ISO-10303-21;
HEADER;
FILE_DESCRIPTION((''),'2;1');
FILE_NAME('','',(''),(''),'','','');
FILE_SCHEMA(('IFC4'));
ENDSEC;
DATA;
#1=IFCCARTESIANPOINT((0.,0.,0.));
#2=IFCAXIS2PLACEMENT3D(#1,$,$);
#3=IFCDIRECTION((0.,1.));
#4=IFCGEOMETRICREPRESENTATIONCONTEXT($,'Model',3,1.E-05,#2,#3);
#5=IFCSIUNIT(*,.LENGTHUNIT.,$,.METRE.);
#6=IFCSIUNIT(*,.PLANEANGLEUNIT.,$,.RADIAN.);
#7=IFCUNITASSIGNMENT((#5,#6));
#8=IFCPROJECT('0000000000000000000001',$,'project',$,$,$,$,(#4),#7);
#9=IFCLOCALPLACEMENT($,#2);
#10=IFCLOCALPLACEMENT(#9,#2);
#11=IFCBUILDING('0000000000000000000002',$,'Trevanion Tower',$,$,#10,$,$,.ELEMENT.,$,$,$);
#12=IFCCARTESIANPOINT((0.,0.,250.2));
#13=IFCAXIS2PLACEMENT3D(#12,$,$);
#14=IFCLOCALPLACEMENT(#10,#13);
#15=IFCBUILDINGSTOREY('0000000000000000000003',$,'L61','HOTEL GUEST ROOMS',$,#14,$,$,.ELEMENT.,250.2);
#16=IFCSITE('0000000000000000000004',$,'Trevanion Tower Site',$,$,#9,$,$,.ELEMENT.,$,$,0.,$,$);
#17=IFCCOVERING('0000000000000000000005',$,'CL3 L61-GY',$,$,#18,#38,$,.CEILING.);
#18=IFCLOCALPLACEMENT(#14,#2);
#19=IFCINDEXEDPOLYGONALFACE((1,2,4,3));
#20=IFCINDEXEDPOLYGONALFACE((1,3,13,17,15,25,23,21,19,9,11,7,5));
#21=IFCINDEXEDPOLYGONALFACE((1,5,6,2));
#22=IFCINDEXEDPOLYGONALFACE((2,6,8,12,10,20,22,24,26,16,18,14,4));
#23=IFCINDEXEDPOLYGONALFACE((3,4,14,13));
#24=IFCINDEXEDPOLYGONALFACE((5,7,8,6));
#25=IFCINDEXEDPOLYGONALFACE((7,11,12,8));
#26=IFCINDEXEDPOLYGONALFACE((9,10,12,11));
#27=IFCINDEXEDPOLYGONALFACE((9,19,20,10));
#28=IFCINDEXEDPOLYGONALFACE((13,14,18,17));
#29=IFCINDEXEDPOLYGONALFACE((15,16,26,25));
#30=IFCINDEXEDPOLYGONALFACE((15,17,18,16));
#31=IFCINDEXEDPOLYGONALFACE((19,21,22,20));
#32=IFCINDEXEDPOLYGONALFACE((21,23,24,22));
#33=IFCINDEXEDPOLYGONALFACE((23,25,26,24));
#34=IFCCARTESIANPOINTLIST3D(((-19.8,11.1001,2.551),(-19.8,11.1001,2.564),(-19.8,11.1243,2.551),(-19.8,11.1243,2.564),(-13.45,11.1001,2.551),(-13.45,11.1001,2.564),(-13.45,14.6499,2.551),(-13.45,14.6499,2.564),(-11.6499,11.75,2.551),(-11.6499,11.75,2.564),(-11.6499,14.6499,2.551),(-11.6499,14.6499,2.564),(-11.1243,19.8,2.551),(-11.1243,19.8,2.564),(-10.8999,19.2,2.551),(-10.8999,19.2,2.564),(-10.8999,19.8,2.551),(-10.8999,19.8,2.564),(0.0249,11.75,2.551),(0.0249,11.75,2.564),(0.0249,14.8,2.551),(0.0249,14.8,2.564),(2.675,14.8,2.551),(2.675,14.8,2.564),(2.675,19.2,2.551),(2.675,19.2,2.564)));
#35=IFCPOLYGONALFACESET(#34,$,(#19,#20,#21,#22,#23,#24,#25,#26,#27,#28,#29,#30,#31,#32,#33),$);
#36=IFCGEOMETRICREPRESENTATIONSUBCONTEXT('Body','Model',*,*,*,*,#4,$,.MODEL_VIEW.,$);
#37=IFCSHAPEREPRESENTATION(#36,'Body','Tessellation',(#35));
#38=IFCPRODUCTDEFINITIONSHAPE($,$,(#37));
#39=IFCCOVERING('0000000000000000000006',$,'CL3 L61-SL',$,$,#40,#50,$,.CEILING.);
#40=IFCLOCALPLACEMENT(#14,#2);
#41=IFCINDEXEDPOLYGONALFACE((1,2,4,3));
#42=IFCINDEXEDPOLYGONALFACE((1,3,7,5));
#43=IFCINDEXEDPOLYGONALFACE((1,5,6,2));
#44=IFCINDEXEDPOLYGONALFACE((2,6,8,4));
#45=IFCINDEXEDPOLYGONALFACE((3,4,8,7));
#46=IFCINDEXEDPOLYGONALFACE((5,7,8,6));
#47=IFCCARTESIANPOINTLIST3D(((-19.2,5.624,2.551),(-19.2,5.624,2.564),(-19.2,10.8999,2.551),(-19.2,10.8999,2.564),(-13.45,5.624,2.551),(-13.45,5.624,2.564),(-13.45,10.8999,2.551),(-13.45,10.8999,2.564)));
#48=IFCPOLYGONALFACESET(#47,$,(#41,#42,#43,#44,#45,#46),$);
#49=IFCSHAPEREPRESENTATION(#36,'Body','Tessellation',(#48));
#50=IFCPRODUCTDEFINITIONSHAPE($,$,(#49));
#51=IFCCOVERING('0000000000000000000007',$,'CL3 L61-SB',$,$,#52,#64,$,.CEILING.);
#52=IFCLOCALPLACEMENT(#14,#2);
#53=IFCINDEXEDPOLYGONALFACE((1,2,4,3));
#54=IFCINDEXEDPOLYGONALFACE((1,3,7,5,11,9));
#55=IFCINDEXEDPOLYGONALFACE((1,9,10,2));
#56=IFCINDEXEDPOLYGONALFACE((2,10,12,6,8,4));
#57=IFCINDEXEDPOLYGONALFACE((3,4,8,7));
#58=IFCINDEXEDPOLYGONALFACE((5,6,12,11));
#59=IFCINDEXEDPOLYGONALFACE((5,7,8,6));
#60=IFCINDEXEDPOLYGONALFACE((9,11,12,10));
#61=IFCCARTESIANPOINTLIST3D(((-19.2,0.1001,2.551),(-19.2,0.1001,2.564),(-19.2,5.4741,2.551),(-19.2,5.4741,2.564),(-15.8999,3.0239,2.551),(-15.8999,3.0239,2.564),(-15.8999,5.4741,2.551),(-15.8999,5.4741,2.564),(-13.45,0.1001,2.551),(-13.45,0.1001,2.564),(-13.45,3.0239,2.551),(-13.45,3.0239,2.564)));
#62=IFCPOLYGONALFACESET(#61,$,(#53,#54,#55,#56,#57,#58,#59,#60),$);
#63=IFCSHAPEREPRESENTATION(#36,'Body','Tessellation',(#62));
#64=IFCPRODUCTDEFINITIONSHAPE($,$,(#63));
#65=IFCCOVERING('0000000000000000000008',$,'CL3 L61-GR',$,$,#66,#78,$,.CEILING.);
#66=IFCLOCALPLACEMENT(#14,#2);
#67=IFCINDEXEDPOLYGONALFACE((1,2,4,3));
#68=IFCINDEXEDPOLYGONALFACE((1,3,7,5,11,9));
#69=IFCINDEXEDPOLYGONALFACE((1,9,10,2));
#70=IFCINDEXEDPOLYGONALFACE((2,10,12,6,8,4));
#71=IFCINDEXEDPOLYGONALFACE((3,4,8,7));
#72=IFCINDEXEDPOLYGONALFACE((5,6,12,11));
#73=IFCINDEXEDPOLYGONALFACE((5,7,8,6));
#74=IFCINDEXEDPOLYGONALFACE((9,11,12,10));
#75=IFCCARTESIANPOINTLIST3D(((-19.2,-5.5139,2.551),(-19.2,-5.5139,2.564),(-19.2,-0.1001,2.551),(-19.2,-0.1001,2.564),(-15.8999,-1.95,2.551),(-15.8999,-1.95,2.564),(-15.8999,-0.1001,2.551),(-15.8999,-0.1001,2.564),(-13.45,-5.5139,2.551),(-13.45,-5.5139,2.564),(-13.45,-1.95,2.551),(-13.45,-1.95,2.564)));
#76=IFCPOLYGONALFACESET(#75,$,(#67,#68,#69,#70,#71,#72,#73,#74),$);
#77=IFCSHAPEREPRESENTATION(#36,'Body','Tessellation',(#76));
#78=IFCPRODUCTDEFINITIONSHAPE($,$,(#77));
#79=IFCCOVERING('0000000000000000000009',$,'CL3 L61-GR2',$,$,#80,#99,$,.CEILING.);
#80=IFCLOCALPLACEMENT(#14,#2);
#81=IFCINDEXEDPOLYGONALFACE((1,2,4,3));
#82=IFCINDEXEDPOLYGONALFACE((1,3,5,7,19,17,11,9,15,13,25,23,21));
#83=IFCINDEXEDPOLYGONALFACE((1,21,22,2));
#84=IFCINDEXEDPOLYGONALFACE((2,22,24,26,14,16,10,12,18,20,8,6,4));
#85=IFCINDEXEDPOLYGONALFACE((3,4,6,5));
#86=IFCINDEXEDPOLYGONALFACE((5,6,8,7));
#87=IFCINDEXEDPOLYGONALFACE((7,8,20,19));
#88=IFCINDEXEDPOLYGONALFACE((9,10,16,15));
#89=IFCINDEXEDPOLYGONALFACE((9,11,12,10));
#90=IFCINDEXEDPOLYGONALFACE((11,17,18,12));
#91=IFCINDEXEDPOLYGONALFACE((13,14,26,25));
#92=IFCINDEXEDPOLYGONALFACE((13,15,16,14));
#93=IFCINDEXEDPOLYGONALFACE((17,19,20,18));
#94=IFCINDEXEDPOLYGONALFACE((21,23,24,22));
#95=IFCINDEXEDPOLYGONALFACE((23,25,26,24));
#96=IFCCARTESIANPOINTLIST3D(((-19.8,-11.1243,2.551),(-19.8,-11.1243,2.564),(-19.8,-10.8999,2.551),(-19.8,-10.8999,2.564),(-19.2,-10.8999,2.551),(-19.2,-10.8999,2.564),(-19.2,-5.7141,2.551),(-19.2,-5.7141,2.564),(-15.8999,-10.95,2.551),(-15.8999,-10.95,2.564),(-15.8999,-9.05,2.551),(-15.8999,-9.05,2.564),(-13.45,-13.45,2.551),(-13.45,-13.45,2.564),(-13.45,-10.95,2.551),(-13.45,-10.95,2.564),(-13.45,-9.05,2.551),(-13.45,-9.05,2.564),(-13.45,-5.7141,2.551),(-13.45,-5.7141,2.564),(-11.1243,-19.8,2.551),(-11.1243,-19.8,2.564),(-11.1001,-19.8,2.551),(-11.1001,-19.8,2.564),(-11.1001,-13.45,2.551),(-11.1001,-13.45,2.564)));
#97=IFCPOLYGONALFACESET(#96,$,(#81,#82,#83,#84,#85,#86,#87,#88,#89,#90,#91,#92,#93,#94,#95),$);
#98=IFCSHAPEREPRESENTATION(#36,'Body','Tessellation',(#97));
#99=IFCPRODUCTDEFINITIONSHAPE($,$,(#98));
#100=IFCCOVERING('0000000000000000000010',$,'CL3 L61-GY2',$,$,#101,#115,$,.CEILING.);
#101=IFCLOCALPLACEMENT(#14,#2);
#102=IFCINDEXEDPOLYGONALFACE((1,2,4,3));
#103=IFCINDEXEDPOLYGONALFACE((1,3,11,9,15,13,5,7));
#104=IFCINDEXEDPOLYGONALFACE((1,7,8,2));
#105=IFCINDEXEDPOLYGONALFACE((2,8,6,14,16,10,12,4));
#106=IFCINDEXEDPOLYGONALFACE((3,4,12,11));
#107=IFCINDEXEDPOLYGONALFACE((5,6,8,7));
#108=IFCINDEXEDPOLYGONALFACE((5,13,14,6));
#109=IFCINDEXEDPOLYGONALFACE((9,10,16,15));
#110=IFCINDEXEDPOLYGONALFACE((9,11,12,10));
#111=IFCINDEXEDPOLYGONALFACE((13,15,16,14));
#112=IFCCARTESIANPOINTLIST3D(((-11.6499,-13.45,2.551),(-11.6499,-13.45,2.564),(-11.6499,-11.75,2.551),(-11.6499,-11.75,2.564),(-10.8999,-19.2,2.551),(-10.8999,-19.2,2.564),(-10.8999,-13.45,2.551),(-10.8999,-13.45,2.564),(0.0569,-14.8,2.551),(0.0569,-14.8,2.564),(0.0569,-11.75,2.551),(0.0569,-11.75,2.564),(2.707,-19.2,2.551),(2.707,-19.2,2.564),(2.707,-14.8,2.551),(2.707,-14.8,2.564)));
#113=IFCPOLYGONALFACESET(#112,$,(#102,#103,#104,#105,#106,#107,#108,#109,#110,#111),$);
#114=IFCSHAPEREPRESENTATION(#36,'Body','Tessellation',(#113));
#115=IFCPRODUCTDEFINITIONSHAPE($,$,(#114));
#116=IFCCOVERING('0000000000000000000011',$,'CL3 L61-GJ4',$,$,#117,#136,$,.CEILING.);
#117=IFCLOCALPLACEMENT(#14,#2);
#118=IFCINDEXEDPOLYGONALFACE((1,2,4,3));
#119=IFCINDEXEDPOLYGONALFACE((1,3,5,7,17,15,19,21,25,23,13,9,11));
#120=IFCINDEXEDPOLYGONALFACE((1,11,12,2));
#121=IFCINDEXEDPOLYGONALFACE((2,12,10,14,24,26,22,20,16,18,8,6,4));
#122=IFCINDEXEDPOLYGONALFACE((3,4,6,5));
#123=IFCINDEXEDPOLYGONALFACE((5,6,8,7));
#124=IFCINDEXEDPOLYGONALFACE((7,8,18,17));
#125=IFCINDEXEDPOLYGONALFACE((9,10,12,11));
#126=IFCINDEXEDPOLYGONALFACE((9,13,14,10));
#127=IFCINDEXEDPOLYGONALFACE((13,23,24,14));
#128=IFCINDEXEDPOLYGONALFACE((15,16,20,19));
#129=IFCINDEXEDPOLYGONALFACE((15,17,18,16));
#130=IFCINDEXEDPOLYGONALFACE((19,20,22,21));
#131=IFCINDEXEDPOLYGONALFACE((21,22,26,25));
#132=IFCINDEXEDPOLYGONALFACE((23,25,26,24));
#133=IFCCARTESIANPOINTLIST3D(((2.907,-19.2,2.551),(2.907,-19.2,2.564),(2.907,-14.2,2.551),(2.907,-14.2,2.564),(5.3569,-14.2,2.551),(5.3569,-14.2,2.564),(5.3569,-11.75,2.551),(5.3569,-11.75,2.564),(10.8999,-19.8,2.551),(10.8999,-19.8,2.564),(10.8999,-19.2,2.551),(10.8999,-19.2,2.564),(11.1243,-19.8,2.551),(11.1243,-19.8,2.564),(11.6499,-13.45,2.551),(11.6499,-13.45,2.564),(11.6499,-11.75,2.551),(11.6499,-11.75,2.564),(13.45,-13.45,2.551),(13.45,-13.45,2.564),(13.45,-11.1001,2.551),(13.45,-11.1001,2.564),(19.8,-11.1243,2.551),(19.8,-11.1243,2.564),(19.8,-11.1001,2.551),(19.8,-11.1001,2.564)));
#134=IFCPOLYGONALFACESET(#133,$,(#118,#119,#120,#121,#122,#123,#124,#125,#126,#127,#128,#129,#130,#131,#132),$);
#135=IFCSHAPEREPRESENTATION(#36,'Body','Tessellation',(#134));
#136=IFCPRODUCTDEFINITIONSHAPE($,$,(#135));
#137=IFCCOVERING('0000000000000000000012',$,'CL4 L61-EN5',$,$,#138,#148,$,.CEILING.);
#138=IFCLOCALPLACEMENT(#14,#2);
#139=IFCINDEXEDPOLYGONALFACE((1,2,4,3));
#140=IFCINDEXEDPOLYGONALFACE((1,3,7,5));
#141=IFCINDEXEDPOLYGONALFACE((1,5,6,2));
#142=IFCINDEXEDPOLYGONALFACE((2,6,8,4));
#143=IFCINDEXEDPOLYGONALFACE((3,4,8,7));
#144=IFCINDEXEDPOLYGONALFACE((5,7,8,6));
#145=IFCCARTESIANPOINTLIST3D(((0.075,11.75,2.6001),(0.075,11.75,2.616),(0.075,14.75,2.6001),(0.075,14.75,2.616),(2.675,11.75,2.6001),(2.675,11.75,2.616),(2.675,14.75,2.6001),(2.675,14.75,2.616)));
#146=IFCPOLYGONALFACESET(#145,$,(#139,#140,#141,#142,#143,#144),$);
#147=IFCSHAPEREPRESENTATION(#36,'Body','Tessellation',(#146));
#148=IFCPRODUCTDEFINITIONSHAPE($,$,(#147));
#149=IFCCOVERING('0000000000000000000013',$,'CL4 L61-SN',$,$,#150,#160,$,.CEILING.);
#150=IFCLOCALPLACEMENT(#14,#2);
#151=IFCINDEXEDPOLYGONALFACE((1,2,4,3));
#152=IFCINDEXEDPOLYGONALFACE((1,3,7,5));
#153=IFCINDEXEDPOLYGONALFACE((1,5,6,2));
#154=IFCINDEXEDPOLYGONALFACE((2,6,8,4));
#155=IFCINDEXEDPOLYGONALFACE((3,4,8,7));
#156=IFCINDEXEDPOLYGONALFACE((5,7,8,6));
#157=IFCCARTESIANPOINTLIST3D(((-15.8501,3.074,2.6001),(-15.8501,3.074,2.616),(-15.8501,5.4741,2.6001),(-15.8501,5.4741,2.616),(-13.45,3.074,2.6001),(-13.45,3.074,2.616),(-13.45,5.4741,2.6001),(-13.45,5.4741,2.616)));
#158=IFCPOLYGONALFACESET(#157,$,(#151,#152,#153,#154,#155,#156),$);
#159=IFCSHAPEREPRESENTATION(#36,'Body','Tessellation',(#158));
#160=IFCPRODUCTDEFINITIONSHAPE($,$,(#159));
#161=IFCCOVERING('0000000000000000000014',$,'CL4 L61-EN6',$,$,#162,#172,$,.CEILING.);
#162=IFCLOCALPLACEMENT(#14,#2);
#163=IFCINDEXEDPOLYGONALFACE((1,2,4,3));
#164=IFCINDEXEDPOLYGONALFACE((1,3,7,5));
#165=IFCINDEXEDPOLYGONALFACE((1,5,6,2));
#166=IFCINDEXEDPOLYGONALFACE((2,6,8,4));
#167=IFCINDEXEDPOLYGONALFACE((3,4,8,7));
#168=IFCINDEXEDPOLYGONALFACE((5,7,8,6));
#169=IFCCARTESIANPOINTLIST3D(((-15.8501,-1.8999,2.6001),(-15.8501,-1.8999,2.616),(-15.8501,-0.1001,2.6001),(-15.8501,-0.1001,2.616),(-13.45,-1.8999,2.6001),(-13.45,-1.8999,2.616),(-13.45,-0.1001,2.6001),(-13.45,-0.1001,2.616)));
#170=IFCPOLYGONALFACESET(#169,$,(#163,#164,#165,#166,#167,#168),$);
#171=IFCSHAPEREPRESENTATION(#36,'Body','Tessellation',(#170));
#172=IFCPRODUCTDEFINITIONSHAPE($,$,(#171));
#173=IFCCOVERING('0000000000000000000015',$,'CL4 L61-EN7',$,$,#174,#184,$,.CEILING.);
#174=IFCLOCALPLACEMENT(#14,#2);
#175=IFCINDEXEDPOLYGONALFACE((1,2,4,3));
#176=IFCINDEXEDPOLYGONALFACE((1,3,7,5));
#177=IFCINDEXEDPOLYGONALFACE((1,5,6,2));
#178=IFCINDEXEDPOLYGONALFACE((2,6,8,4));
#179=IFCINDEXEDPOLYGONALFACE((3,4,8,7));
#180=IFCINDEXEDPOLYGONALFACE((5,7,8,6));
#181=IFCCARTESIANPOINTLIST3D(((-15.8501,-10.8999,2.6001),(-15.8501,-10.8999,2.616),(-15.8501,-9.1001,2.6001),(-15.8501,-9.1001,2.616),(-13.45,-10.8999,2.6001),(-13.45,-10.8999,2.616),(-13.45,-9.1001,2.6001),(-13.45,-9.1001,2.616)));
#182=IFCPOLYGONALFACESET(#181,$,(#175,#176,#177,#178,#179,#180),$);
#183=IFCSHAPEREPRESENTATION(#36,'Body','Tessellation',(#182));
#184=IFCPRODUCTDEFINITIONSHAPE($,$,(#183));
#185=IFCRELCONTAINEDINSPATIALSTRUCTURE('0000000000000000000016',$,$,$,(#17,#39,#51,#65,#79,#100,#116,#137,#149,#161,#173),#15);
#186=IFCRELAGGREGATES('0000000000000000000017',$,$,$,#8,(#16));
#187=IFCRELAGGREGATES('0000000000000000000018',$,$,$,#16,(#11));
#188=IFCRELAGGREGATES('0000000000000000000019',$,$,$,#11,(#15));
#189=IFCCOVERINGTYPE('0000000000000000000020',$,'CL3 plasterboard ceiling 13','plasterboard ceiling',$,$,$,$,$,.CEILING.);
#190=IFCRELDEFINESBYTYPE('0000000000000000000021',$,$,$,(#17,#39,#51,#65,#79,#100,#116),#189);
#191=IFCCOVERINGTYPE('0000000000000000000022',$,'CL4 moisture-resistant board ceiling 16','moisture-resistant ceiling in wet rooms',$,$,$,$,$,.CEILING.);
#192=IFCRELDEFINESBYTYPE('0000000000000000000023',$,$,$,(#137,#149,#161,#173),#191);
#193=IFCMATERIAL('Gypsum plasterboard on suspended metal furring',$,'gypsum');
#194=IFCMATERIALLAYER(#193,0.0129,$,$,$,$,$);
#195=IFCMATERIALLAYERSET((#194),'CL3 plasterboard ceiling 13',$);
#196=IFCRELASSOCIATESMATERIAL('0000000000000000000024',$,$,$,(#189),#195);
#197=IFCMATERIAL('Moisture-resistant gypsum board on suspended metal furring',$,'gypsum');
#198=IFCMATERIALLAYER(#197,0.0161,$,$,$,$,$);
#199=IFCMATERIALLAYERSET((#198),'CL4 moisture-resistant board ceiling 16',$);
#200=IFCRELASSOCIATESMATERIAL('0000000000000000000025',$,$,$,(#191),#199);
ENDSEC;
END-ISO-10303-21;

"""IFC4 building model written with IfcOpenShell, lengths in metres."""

from ifc_helpers import new_model, si_unit, direction, frame, origin, place, context, subcontext, project, spatial, polyline, outline, extrude, material, layer, layer_set, type_object, element, save


model = new_model("IFC4")

# Units and contexts
model_context = context("Model", 3, precision=1e-05, world=origin(), true_north=direction((0.0, 1.0)))
body_context = subcontext(model_context, "Body", "Model", "MODEL_VIEW")
ifc_project = project(units=[si_unit("LENGTHUNIT", "METRE"), si_unit("PLANEANGLEUNIT", "RADIAN")], contexts=[model_context])

# Site, building, storey
site_placement = place(None, origin())
site = spatial("IfcSite", under=ifc_project, at=site_placement, Name="Trevanion Tower Site", CompositionType="ELEMENT", RefElevation=0.0)
building_placement = place(site_placement, origin())
building = spatial("IfcBuilding", under=site, at=building_placement, Name="Trevanion Tower", CompositionType="ELEMENT")
storey_placement = place(building_placement, frame((0.0, 0.0, 250.2)))
storey = spatial("IfcBuildingStorey", under=building, at=storey_placement, Name="L61", Description="HOTEL GUEST ROOMS", CompositionType="ELEMENT", Elevation=250.2)

# Coverings
ifc_material_1 = material(Name="Gypsum plasterboard on suspended metal furring", Category="gypsum")
ifc_layer_1 = layer(ifc_material_1, 0.0129)
ifc_layer_set_1 = layer_set([ifc_layer_1], Name="CL3 plasterboard ceiling 13")
covering_type_1 = type_object("IfcCoveringType", Name="CL3 plasterboard ceiling 13", Description="plasterboard ceiling", PredefinedType="CEILING", material=ifc_layer_set_1)
covering_1_placement = place(storey_placement, frame((0.0, 0.0, 2.551)))
element("IfcCovering", 1, at=covering_1_placement, inside=storey, type_object=covering_type_1, Name="CL3 L61-GY", PredefinedType="CEILING", context=body_context, shape_type="SweptSolid", body=[
    extrude(outline(polyline([(-13.45, 11.1001), (-19.8, 11.1001), (-19.8, 11.1243), (-11.1243, 19.8), (-10.8999, 19.8), (-10.8999, 19.2), (2.675, 19.2), (2.675, 14.8), (0.0249, 14.8), (0.0249, 11.75), (-11.6499, 11.75), (-11.6499, 14.6499), (-13.45, 14.6499), (-13.45, 11.1001)])), origin(), (0.0, 0.0, 1.0), 0.0129),
])
covering_2_placement = place(storey_placement, frame((0.0, 0.0, 2.551)))
element("IfcCovering", 2, at=covering_2_placement, inside=storey, type_object=covering_type_1, Name="CL3 L61-SL", PredefinedType="CEILING", context=body_context, shape_type="SweptSolid", body=[
    extrude(outline(polyline([(-13.45, 10.8999), (-13.45, 5.624), (-19.2, 5.624), (-19.2, 10.8999), (-13.45, 10.8999)])), origin(), (0.0, 0.0, 1.0), 0.0129),
])
covering_3_placement = place(storey_placement, frame((0.0, 0.0, 2.551)))
element("IfcCovering", 3, at=covering_3_placement, inside=storey, type_object=covering_type_1, Name="CL3 L61-SB", PredefinedType="CEILING", context=body_context, shape_type="SweptSolid", body=[
    extrude(outline(polyline([(-13.45, 0.1001), (-19.2, 0.1001), (-19.2, 5.4741), (-15.8999, 5.4741), (-15.8999, 3.0239), (-13.45, 3.0239), (-13.45, 0.1001)])), origin(), (0.0, 0.0, 1.0), 0.0129),
])
covering_4_placement = place(storey_placement, frame((0.0, 0.0, 2.551)))
element("IfcCovering", 4, at=covering_4_placement, inside=storey, type_object=covering_type_1, Name="CL3 L61-GR", PredefinedType="CEILING", context=body_context, shape_type="SweptSolid", body=[
    extrude(outline(polyline([(-13.45, -5.5139), (-19.2, -5.5139), (-19.2, -0.1001), (-15.8999, -0.1001), (-15.8999, -1.95), (-13.45, -1.95), (-13.45, -5.5139)])), origin(), (0.0, 0.0, 1.0), 0.0129),
])
covering_5_placement = place(storey_placement, frame((0.0, 0.0, 2.551)))
element("IfcCovering", 5, at=covering_5_placement, inside=storey, type_object=covering_type_1, Name="CL3 L61-GR2", PredefinedType="CEILING", context=body_context, shape_type="SweptSolid", body=[
    extrude(outline(polyline([(-11.1001, -13.45), (-11.1001, -19.8), (-11.1243, -19.8), (-19.8, -11.1243), (-19.8, -10.8999), (-19.2, -10.8999), (-19.2, -5.7141), (-13.45, -5.7141), (-13.45, -9.05), (-15.8999, -9.05), (-15.8999, -10.95), (-13.45, -10.95), (-13.45, -13.45), (-11.1001, -13.45)])), origin(), (0.0, 0.0, 1.0), 0.0129),
])
covering_6_placement = place(storey_placement, frame((0.0, 0.0, 2.551)))
element("IfcCovering", 6, at=covering_6_placement, inside=storey, type_object=covering_type_1, Name="CL3 L61-GY2", PredefinedType="CEILING", context=body_context, shape_type="SweptSolid", body=[
    extrude(outline(polyline([(2.707, -19.2), (-10.8999, -19.2), (-10.8999, -13.45), (-11.6499, -13.45), (-11.6499, -11.75), (0.0569, -11.75), (0.0569, -14.8), (2.707, -14.8), (2.707, -19.2)])), origin(), (0.0, 0.0, 1.0), 0.0129),
])
covering_7_placement = place(storey_placement, frame((0.0, 0.0, 2.551)))
element("IfcCovering", 7, at=covering_7_placement, inside=storey, type_object=covering_type_1, Name="CL3 L61-GJ4", PredefinedType="CEILING", context=body_context, shape_type="SweptSolid", body=[
    extrude(outline(polyline([(13.45, -11.1001), (19.8, -11.1001), (19.8, -11.1243), (11.1243, -19.8), (10.8999, -19.8), (10.8999, -19.2), (2.907, -19.2), (2.907, -14.2), (5.3569, -14.2), (5.3569, -11.75), (11.6499, -11.75), (11.6499, -13.45), (13.45, -13.45), (13.45, -11.1001)])), origin(), (0.0, 0.0, 1.0), 0.0129),
])
ifc_material_2 = material(Name="Moisture-resistant gypsum board on suspended metal furring", Category="gypsum")
ifc_layer_2 = layer(ifc_material_2, 0.0161)
ifc_layer_set_2 = layer_set([ifc_layer_2], Name="CL4 moisture-resistant board ceiling 16")
covering_type_2 = type_object("IfcCoveringType", Name="CL4 moisture-resistant board ceiling 16", Description="moisture-resistant ceiling in wet rooms", PredefinedType="CEILING", material=ifc_layer_set_2)
covering_8_placement = place(storey_placement, frame((0.0, 0.0, 2.6001)))
element("IfcCovering", 8, at=covering_8_placement, inside=storey, type_object=covering_type_2, Name="CL4 L61-EN5", PredefinedType="CEILING", context=body_context, shape_type="SweptSolid", body=[
    extrude(outline(polyline([(2.675, 14.75), (0.075, 14.75), (0.075, 11.75), (2.675, 11.75), (2.675, 14.75)])), origin(), (0.0, 0.0, 1.0), 0.0159),
])
covering_9_placement = place(storey_placement, frame((0.0, 0.0, 2.6001)))
element("IfcCovering", 9, at=covering_9_placement, inside=storey, type_object=covering_type_2, Name="CL4 L61-SN", PredefinedType="CEILING", context=body_context, shape_type="SweptSolid", body=[
    extrude(outline(polyline([(-15.8501, 5.4741), (-15.8501, 3.074), (-13.45, 3.074), (-13.45, 5.4741), (-15.8501, 5.4741)])), origin(), (0.0, 0.0, 1.0), 0.0159),
])
covering_10_placement = place(storey_placement, frame((0.0, 0.0, 2.6001)))
element("IfcCovering", 10, at=covering_10_placement, inside=storey, type_object=covering_type_2, Name="CL4 L61-EN6", PredefinedType="CEILING", context=body_context, shape_type="SweptSolid", body=[
    extrude(outline(polyline([(-15.8501, -0.1001), (-15.8501, -1.8999), (-13.45, -1.8999), (-13.45, -0.1001), (-15.8501, -0.1001)])), origin(), (0.0, 0.0, 1.0), 0.0159),
])
covering_11_placement = place(storey_placement, frame((0.0, 0.0, 2.6001)))
element("IfcCovering", 11, at=covering_11_placement, inside=storey, type_object=covering_type_2, Name="CL4 L61-EN7", PredefinedType="CEILING", context=body_context, shape_type="SweptSolid", body=[
    extrude(outline(polyline([(-15.8501, -9.1001), (-15.8501, -10.8999), (-13.45, -10.8999), (-13.45, -9.1001), (-15.8501, -9.1001)])), origin(), (0.0, 0.0, 1.0), 0.0159),
])

save(model, "model.ifc")
